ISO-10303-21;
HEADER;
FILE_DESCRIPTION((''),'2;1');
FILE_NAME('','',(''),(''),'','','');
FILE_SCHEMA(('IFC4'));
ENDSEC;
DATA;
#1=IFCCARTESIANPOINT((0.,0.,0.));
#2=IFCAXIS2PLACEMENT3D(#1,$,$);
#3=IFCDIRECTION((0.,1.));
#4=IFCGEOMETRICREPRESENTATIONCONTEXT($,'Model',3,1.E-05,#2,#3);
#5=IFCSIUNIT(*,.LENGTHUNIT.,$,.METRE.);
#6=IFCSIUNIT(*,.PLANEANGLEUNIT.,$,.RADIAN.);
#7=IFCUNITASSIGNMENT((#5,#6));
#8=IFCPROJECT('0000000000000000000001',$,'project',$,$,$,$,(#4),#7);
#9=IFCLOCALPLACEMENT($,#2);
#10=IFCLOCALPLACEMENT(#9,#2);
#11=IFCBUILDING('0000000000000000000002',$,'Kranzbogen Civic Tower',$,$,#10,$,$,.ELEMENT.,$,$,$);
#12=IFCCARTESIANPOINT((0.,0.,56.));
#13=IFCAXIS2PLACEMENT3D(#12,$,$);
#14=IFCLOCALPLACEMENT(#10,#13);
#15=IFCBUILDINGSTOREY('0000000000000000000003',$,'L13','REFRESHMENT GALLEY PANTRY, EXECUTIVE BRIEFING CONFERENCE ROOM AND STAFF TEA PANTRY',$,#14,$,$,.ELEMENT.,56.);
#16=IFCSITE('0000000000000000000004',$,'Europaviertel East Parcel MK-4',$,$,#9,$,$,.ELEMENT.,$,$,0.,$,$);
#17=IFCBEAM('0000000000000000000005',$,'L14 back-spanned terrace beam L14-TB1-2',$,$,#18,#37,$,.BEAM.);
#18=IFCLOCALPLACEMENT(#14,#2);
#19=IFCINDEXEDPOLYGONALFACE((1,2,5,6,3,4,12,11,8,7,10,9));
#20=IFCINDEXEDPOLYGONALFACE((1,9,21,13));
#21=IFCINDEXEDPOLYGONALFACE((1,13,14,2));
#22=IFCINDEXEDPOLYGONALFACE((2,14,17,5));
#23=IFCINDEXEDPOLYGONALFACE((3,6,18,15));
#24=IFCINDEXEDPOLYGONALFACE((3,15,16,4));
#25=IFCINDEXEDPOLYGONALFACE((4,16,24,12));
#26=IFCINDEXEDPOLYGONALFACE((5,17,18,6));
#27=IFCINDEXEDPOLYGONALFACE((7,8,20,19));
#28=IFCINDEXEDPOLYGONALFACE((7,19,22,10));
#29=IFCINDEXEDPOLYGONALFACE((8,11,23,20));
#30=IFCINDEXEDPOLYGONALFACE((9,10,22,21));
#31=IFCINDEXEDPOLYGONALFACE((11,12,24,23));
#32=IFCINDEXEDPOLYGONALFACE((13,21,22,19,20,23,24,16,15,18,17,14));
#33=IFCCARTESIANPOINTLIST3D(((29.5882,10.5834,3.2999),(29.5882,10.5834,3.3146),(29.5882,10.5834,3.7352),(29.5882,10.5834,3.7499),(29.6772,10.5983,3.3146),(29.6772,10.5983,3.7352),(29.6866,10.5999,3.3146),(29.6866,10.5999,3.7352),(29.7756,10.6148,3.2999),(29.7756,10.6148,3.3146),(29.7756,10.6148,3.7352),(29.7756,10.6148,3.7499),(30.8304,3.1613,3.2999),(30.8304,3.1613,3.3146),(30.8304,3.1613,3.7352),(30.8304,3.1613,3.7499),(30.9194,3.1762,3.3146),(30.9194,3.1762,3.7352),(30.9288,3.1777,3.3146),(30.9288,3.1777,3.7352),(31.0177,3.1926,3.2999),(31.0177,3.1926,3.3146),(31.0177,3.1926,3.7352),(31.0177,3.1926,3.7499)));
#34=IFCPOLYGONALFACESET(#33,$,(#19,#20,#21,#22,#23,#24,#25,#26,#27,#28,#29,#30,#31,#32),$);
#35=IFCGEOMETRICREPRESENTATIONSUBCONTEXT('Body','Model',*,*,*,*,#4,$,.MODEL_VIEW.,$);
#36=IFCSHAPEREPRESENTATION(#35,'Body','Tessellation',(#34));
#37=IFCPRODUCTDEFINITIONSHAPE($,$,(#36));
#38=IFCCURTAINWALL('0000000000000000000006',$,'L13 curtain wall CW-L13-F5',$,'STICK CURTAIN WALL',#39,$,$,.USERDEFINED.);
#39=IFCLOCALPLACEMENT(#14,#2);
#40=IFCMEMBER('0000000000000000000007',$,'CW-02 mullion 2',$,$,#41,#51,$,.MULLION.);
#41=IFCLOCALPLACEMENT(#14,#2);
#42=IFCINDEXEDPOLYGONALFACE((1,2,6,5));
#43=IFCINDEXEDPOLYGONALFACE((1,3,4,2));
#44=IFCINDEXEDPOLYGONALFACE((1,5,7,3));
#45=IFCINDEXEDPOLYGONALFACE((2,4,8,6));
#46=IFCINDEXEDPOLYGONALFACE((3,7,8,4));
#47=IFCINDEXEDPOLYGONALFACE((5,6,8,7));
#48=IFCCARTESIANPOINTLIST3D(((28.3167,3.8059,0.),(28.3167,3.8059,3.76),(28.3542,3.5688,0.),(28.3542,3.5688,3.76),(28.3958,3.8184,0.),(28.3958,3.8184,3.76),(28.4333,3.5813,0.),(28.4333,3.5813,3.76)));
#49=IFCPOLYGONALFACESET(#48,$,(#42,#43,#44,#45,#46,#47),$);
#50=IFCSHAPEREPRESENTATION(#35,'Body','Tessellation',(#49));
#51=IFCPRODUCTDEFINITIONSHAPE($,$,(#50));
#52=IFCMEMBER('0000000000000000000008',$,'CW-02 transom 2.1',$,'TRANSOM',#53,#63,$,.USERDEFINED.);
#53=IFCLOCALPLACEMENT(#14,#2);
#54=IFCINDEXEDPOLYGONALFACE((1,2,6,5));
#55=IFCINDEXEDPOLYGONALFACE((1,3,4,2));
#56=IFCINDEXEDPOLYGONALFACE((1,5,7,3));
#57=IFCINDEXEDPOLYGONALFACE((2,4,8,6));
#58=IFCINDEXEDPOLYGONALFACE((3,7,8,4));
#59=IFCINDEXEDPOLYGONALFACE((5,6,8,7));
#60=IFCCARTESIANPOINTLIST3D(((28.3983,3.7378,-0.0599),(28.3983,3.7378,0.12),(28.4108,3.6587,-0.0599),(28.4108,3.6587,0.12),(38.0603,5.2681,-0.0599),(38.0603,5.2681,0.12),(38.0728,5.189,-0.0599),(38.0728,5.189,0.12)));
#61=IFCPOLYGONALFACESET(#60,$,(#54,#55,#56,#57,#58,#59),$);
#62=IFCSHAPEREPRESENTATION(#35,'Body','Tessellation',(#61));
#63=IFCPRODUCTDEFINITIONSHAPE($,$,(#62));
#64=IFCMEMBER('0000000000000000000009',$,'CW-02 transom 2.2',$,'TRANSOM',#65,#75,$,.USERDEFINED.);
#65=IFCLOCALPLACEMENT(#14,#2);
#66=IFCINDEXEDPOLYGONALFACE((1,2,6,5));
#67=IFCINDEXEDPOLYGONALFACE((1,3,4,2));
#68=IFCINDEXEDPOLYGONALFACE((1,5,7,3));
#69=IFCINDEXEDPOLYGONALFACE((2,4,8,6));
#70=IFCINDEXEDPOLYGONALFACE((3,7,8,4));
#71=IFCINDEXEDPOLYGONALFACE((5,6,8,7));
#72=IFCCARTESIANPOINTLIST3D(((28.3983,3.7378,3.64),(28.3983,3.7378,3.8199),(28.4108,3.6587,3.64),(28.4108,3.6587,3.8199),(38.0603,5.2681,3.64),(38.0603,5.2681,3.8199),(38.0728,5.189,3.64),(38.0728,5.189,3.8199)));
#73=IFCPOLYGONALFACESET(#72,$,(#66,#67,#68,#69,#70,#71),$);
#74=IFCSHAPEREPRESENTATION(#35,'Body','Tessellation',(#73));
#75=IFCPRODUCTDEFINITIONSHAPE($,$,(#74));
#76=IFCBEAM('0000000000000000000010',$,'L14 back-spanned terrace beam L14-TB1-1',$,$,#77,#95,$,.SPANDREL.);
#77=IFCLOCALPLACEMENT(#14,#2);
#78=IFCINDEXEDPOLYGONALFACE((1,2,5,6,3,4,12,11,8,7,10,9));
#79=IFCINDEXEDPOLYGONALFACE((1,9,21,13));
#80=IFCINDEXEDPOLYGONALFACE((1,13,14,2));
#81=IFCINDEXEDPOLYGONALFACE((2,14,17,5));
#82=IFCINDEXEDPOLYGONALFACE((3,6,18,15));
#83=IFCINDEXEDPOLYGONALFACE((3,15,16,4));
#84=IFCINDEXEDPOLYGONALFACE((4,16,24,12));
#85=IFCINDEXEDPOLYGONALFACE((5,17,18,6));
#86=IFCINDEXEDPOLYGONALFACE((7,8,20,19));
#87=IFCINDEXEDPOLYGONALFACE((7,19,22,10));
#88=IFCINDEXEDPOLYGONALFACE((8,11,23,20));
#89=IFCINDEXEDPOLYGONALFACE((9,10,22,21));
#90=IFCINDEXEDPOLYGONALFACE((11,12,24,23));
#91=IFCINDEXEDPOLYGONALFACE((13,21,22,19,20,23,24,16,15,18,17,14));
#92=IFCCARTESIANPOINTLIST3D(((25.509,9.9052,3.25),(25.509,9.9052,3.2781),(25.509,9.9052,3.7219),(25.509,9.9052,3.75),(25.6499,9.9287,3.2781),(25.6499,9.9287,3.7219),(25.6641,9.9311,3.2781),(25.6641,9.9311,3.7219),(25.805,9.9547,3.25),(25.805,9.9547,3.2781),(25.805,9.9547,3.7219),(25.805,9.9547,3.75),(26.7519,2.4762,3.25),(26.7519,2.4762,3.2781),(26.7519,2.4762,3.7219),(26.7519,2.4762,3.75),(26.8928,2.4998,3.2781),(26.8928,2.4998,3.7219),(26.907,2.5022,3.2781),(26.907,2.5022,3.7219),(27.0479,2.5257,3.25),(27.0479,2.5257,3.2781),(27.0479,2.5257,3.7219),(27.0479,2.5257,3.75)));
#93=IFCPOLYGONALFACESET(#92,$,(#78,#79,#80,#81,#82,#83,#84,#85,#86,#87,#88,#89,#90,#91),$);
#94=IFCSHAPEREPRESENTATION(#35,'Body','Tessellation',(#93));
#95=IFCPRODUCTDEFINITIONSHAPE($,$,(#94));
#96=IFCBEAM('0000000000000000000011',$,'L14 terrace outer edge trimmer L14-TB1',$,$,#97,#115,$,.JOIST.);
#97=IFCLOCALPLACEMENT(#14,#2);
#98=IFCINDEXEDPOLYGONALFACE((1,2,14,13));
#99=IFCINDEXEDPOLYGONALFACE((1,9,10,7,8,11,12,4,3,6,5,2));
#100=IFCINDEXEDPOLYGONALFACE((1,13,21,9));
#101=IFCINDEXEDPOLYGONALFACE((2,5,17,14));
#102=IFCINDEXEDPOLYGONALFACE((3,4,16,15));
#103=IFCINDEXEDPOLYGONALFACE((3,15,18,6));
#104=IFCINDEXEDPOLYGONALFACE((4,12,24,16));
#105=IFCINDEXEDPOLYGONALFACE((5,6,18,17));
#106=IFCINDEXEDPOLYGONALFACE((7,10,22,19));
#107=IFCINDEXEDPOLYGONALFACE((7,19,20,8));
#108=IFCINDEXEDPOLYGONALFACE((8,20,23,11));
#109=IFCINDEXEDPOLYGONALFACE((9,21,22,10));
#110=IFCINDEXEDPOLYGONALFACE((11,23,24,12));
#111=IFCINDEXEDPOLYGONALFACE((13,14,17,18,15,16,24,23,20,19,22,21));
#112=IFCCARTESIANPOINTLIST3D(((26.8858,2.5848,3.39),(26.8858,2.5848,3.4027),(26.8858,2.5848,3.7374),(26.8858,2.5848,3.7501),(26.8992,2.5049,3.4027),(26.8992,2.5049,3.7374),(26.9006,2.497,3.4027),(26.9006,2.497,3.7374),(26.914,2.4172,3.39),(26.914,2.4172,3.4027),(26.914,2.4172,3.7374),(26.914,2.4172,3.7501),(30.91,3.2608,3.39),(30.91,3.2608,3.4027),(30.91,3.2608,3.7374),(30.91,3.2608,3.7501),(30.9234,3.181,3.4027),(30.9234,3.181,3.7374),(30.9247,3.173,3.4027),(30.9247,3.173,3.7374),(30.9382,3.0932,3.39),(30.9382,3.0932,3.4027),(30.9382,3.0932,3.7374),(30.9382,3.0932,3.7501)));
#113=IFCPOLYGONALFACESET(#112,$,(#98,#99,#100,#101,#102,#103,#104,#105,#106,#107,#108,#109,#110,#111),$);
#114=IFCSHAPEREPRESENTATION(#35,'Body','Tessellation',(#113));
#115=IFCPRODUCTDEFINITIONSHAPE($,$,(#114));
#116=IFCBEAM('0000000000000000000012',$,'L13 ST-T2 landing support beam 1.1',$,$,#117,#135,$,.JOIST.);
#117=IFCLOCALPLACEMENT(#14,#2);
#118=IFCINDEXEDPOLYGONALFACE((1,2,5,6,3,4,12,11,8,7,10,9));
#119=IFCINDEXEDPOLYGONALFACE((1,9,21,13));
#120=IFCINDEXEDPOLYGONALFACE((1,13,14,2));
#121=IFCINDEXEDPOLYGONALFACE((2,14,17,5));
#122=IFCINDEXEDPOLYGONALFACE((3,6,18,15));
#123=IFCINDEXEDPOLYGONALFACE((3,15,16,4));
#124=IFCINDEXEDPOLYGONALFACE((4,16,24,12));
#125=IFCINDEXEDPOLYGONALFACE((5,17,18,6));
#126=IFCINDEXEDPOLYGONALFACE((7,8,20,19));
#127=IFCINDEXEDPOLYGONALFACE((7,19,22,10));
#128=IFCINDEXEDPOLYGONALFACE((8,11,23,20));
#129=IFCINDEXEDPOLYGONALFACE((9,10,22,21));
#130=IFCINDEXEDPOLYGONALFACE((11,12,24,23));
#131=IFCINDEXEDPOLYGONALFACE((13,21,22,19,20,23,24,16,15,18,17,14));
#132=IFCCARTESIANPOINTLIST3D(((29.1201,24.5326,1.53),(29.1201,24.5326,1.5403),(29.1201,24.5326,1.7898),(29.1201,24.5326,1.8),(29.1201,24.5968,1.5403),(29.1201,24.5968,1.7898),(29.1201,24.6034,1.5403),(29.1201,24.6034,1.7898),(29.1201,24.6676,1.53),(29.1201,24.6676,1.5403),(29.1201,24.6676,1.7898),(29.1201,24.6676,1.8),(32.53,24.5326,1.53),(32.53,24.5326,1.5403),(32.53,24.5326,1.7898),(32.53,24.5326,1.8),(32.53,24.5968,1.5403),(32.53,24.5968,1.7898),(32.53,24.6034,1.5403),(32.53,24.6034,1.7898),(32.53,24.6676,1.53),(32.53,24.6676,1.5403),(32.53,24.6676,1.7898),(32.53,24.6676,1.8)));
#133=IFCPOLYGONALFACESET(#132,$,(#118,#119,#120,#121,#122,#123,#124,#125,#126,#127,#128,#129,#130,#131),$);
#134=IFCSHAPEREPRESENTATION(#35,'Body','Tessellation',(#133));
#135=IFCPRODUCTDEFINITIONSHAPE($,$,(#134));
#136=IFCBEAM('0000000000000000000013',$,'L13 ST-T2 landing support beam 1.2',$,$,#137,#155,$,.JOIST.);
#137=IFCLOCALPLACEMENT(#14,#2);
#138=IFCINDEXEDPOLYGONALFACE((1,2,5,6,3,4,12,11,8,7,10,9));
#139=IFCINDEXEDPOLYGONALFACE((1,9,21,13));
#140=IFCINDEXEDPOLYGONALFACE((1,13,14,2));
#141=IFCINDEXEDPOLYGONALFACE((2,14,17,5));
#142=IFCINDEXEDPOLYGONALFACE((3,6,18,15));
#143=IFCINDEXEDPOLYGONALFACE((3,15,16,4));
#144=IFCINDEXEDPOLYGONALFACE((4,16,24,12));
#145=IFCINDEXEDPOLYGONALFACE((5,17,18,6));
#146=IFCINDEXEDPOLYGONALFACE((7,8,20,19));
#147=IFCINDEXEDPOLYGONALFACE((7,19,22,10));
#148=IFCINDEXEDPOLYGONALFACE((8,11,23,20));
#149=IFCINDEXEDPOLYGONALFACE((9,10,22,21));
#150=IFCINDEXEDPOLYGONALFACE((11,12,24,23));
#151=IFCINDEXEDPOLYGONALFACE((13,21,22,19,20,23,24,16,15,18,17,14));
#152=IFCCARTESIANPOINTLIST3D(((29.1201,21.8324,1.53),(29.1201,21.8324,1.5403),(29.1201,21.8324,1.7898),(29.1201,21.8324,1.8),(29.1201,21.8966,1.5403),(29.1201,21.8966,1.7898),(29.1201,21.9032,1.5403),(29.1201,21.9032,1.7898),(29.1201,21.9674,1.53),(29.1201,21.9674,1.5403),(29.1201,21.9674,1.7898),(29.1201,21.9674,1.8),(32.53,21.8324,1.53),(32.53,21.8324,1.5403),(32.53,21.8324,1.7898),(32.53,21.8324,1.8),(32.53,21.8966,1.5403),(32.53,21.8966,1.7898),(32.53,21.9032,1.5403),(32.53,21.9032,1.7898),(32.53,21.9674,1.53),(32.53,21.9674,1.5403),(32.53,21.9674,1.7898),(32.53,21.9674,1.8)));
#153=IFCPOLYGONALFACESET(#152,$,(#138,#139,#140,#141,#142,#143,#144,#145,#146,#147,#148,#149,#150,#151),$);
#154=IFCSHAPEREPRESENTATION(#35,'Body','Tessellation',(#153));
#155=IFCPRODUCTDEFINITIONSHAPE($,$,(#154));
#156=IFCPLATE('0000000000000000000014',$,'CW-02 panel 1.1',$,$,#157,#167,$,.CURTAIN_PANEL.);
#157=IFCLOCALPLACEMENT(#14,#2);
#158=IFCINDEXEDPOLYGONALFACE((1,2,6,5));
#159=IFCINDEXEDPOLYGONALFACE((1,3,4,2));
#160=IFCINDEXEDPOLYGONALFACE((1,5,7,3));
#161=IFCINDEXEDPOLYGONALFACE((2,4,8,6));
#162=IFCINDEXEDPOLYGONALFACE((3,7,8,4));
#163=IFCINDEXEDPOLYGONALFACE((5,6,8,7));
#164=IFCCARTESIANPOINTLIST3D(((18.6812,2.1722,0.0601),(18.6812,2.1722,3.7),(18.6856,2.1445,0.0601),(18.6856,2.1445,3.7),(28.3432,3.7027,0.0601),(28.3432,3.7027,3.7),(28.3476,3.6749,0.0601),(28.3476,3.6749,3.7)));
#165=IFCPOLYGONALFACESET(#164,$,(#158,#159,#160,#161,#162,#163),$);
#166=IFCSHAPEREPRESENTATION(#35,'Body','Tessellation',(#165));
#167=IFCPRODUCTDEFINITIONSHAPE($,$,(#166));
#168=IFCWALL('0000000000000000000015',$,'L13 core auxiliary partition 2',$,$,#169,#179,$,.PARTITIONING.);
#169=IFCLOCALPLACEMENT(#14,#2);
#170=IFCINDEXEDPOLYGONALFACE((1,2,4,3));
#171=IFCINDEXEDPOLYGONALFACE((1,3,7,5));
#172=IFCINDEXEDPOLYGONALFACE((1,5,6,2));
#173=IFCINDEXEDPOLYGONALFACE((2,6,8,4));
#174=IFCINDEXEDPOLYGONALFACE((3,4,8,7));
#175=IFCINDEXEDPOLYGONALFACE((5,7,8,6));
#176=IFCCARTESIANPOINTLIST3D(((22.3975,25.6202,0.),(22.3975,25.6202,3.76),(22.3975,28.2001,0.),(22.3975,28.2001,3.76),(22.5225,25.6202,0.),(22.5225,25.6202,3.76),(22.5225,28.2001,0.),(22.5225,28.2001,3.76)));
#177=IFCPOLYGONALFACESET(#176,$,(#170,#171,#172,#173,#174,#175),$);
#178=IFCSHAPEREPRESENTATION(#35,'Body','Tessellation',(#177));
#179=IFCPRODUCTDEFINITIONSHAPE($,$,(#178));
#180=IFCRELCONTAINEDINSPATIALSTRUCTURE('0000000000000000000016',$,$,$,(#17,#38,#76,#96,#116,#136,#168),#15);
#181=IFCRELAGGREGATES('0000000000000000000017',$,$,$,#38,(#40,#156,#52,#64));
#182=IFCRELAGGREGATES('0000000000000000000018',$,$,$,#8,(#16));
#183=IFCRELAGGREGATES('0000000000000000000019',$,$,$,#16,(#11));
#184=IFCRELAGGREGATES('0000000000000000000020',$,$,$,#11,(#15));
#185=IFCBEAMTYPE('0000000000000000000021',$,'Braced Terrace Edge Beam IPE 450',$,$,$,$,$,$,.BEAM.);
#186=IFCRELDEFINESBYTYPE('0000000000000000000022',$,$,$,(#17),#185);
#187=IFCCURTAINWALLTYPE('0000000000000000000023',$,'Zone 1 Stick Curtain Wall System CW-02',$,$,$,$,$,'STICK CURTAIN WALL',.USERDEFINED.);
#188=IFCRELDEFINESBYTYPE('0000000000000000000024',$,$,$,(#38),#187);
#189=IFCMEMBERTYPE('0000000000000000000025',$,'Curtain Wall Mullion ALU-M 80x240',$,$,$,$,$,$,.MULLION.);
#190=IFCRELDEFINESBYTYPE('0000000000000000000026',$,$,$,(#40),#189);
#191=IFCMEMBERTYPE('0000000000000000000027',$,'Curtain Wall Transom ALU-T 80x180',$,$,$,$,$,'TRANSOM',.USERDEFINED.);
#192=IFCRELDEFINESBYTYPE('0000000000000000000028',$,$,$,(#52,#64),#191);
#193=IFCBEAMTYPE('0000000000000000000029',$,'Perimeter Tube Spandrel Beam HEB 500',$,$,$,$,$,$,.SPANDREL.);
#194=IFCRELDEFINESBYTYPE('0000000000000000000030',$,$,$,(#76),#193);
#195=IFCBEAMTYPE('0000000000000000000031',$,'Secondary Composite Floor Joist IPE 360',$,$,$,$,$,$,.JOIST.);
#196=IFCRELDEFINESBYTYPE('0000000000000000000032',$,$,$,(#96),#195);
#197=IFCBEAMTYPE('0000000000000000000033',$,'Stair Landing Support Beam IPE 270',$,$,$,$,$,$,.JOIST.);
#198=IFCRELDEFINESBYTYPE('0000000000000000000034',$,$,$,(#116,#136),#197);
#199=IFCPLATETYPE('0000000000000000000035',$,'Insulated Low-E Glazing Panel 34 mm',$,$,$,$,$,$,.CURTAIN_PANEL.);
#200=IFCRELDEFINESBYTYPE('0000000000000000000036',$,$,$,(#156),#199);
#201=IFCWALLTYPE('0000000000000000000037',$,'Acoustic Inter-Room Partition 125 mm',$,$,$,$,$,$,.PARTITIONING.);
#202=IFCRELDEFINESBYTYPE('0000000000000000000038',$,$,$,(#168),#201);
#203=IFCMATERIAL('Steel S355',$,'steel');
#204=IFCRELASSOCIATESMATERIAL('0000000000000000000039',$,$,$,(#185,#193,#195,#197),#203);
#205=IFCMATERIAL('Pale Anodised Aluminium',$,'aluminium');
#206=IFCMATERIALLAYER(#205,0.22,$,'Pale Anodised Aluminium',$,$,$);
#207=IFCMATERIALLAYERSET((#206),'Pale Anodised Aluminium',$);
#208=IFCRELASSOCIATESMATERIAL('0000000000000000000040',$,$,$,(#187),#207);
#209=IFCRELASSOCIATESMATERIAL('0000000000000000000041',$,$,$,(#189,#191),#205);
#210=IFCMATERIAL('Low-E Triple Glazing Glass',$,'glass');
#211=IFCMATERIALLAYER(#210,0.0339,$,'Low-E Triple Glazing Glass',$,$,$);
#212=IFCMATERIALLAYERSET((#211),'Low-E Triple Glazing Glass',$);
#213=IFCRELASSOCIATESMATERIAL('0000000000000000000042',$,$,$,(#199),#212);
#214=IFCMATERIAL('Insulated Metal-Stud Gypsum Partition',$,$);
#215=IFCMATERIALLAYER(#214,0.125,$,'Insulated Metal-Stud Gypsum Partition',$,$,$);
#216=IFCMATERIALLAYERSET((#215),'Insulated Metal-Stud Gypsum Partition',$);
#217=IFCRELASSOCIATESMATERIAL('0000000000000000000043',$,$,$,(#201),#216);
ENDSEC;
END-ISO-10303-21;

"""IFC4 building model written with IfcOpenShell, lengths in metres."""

from ifc_helpers import new_model, si_unit, direction, frame, frame_2d, origin, origin_2d, place, context, subcontext, project, spatial, rectangle, i_section, extrude, material, layer, layer_set, material_profile, profile_set, type_object, element, aggregate, save


model = new_model("IFC4")

# Units and contexts
model_context = context("Model", 3, precision=1e-05, world=origin(), true_north=direction((0.0, 1.0)))
body_context = subcontext(model_context, "Body", "Model", "MODEL_VIEW")
ifc_project = project(units=[si_unit("LENGTHUNIT", "METRE"), si_unit("PLANEANGLEUNIT", "RADIAN")], contexts=[model_context])

# Site, building, storey
site_placement = place(None, origin())
site = spatial("IfcSite", under=ifc_project, at=site_placement, Name="Europaviertel East Parcel MK-4", CompositionType="ELEMENT", RefElevation=0.0)
building_placement = place(site_placement, origin())
building = spatial("IfcBuilding", under=site, at=building_placement, Name="Kranzbogen Civic Tower", CompositionType="ELEMENT")
storey_placement = place(building_placement, frame((0.0, 0.0, 56.0)))
storey = spatial("IfcBuildingStorey", under=building, at=storey_placement, Name="L13", Description="REFRESHMENT GALLEY PANTRY, EXECUTIVE BRIEFING CONFERENCE ROOM AND STAFF TEA PANTRY", CompositionType="ELEMENT", Elevation=56.0)

# Beam
ifc_material_1 = material(Name="Steel S355", Category="steel")
ifc_material_profile_1 = material_profile(ifc_material_1, i_section(OverallWidth=0.1899, OverallDepth=0.45, WebThickness=0.0095, FlangeThickness=0.0146, at=origin_2d()), Name="IPE 450")
ifc_profile_set_1 = profile_set([ifc_material_profile_1], Name="Steel S355")
beam_type_1 = type_object("IfcBeamType", Name="Braced Terrace Edge Beam IPE 450", PredefinedType="BEAM", material=ifc_profile_set_1)
beam_1_placement = place(storey_placement, frame((29.6819, 10.5991, 3.5249), z_axis=(0.165067, -0.986282, 0.0), x_axis=(0.986282, 0.165067, 0.0)))
element("IfcBeam", 1, at=beam_1_placement, inside=storey, type_object=beam_type_1, Name="L14 back-spanned terrace beam L14-TB1-2", PredefinedType="BEAM", context=body_context, shape_type="SweptSolid", body=[
    extrude(i_section(OverallWidth=0.1899, OverallDepth=0.45, WebThickness=0.0095, FlangeThickness=0.0146, at=origin_2d()), origin(), (0.0, 0.0, 1.0), 7.5254),
])

# Curtain wall, members
ifc_material_2 = material(Name="Pale Anodised Aluminium", Category="aluminium")
ifc_layer_1 = layer(ifc_material_2, 0.22, Name="Pale Anodised Aluminium")
ifc_layer_set_1 = layer_set([ifc_layer_1], Name="Pale Anodised Aluminium")
curtain_wall_type = type_object("IfcCurtainWallType", Name="Zone 1 Stick Curtain Wall System CW-02", ElementType="STICK CURTAIN WALL", PredefinedType="USERDEFINED", material=ifc_layer_set_1)
curtain_wall_placement = place(storey_placement, origin())
curtain_wall = element("IfcCurtainWall", 2, at=curtain_wall_placement, inside=storey, type_object=curtain_wall_type, Name="L13 curtain wall CW-L13-F5", ObjectType="STICK CURTAIN WALL", PredefinedType="USERDEFINED")
ifc_material_profile_2 = material_profile(ifc_material_2, rectangle(XDim=0.0801, YDim=0.24, at=origin_2d()), Name="ALU-M 80x240")
ifc_profile_set_2 = profile_set([ifc_material_profile_2], Name="Pale Anodised Aluminium")
member_type_1 = type_object("IfcMemberType", Name="Curtain Wall Mullion ALU-M 80x240", PredefinedType="MULLION", material=ifc_profile_set_2)
member_1_placement = place(storey_placement, frame((28.375, 3.6936, 0.0), z_axis=(0.0, 0.0, 1.0), x_axis=(0.987687, 0.156444, 0.0)))
member_1 = element("IfcMember", 3, at=member_1_placement, type_object=member_type_1, Name="CW-02 mullion 2", PredefinedType="MULLION", context=body_context, shape_type="SweptSolid", body=[
    extrude(rectangle(XDim=0.0801, YDim=0.24, at=origin_2d()), origin(), (0.0, 0.0, 1.0), 3.76),
])
ifc_material_profile_3 = material_profile(ifc_material_2, rectangle(XDim=0.0801, YDim=0.1799, at=origin_2d()), Name="ALU-T 80x180")
ifc_profile_set_3 = profile_set([ifc_material_profile_3], Name="Pale Anodised Aluminium")
member_type_2 = type_object("IfcMemberType", Name="Curtain Wall Transom ALU-T 80x180", ElementType="TRANSOM", PredefinedType="USERDEFINED", material=ifc_profile_set_3)
member_2_placement = place(storey_placement, frame((28.4045, 3.6982, 0.03), z_axis=(0.987689, 0.156429, 0.0), x_axis=(-0.156429, 0.987689, 0.0)))
member_2 = element("IfcMember", 4, at=member_2_placement, type_object=member_type_2, Name="CW-02 transom 2.1", ObjectType="TRANSOM", PredefinedType="USERDEFINED", context=body_context, shape_type="SweptSolid", body=[
    extrude(rectangle(XDim=0.0801, YDim=0.1799, at=origin_2d()), origin(), (0.0, 0.0, 1.0), 9.7825),
])
member_3_placement = place(storey_placement, frame((28.4045, 3.6982, 3.73), z_axis=(0.987689, 0.156429, 0.0), x_axis=(-0.156429, 0.987689, 0.0)))
member_3 = element("IfcMember", 5, at=member_3_placement, type_object=member_type_2, Name="CW-02 transom 2.2", ObjectType="TRANSOM", PredefinedType="USERDEFINED", context=body_context, shape_type="SweptSolid", body=[
    extrude(rectangle(XDim=0.0801, YDim=0.1799, at=origin_2d()), origin(), (0.0, 0.0, 1.0), 9.7825),
])

# Beams
ifc_material_profile_4 = material_profile(ifc_material_1, i_section(OverallWidth=0.3, OverallDepth=0.5, WebThickness=0.0144, FlangeThickness=0.0281, at=origin_2d()), Name="HEB 500")
ifc_profile_set_4 = profile_set([ifc_material_profile_4], Name="Steel S355")
beam_type_2 = type_object("IfcBeamType", Name="Perimeter Tube Spandrel Beam HEB 500", PredefinedType="SPANDREL", material=ifc_profile_set_4)
beam_2_placement = place(storey_placement, frame((25.657, 9.9299, 3.5), z_axis=(0.165014, -0.986291, 0.0), x_axis=(0.986291, 0.165014, 0.0)))
element("IfcBeam", 6, at=beam_2_placement, inside=storey, type_object=beam_type_2, Name="L14 back-spanned terrace beam L14-TB1-1", PredefinedType="SPANDREL", context=body_context, shape_type="SweptSolid", body=[
    extrude(i_section(OverallWidth=0.3, OverallDepth=0.5, WebThickness=0.0144, FlangeThickness=0.0281, at=origin_2d()), origin(), (0.0, 0.0, 1.0), 7.5322),
])
ifc_material_profile_5 = material_profile(ifc_material_1, i_section(OverallWidth=0.1699, OverallDepth=0.3601, WebThickness=0.0081, FlangeThickness=0.0127, at=origin_2d()), Name="IPE 360")
ifc_profile_set_5 = profile_set([ifc_material_profile_5], Name="Steel S355")
beam_type_3 = type_object("IfcBeamType", Name="Secondary Composite Floor Joist IPE 360", PredefinedType="JOIST", material=ifc_profile_set_5)
beam_3_placement = place(storey_placement, frame((26.8999, 2.501, 3.5701), z_axis=(0.986181, 0.16567, 0.0), x_axis=(-0.16567, 0.986181, 0.0)))
element("IfcBeam", 7, at=beam_3_placement, inside=storey, type_object=beam_type_3, Name="L14 terrace outer edge trimmer L14-TB1", PredefinedType="JOIST", context=body_context, shape_type="SweptSolid", body=[
    extrude(i_section(OverallWidth=0.1699, OverallDepth=0.3601, WebThickness=0.0081, FlangeThickness=0.0127, at=origin_2d()), origin(), (0.0, 0.0, 1.0), 4.0806),
])
ifc_material_profile_6 = material_profile(ifc_material_1, i_section(OverallWidth=0.135, OverallDepth=0.27, WebThickness=0.0066, FlangeThickness=0.0103, at=origin_2d()), Name="IPE 270")
ifc_profile_set_6 = profile_set([ifc_material_profile_6], Name="Steel S355")
beam_type_4 = type_object("IfcBeamType", Name="Stair Landing Support Beam IPE 270", PredefinedType="JOIST", material=ifc_profile_set_6)
for number, where, z_axis, x_axis, name in (
    (8, (29.1201, 24.6001, 1.665), (1.0, 0.0, 0.0), (0.0, 1.0, 0.0), "L13 ST-T2 landing support beam 1.1"),
    (9, (29.1201, 21.8999, 1.665), (1.0, 0.0, 0.0), (0.0, 1.0, 0.0), "L13 ST-T2 landing support beam 1.2"),
):
    element("IfcBeam", number, at=place(storey_placement, frame(where, z_axis=z_axis, x_axis=x_axis)), inside=storey, type_object=beam_type_4, Name=name, PredefinedType="JOIST", context=body_context, shape_type="SweptSolid", body=[
        extrude(i_section(OverallWidth=0.135, OverallDepth=0.27, WebThickness=0.0066, FlangeThickness=0.0103, at=origin_2d()), origin(), (0.0, 0.0, 1.0), 3.4099),
    ])

# Plate
ifc_material_3 = material(Name="Low-E Triple Glazing Glass", Category="glass")
ifc_layer_2 = layer(ifc_material_3, 0.0339, Name="Low-E Triple Glazing Glass")
ifc_layer_set_2 = layer_set([ifc_layer_2], Name="Low-E Triple Glazing Glass")
plate_type = type_object("IfcPlateType", Name="Insulated Low-E Glazing Panel 34 mm", PredefinedType="CURTAIN_PANEL", material=ifc_layer_set_2)
plate_placement = place(storey_placement, frame((23.5144, 2.9236, 0.0601), z_axis=(0.0, 0.0, 1.0), x_axis=(0.987687, 0.156444, 0.0)))
plate = element("IfcPlate", 10, at=plate_placement, type_object=plate_type, Name="CW-02 panel 1.1", PredefinedType="CURTAIN_PANEL", context=body_context, shape_type="SweptSolid", body=[
    extrude(rectangle(XDim=9.7825, YDim=0.0281, at=origin_2d()), origin(), (0.0, 0.0, 1.0), 3.6399),
])
aggregate(curtain_wall, [member_1, plate, member_2, member_3])

# Wall
ifc_material_4 = material(Name="Insulated Metal-Stud Gypsum Partition")
ifc_layer_3 = layer(ifc_material_4, 0.125, Name="Insulated Metal-Stud Gypsum Partition")
ifc_layer_set_3 = layer_set([ifc_layer_3], Name="Insulated Metal-Stud Gypsum Partition")
wall_type_1 = type_object("IfcWallType", Name="Acoustic Inter-Room Partition 125 mm", PredefinedType="PARTITIONING", material=ifc_layer_set_3)
wall_1_placement = place(storey_placement, frame((22.46, 25.6201, 0.0), z_axis=(0.0, 0.0, 1.0), x_axis=(0.0, 1.0, 0.0)))
element("IfcWall", 11, at=wall_1_placement, inside=storey, type_object=wall_type_1, Name="L13 core auxiliary partition 2", PredefinedType="PARTITIONING", context=body_context, shape_type="SweptSolid", body=[
    extrude(rectangle(XDim=2.5798, YDim=0.125, at=frame_2d((1.29, 0.0))), origin(), (0.0, 0.0, 1.0), 3.76),
])

save(model, "model.ifc")
